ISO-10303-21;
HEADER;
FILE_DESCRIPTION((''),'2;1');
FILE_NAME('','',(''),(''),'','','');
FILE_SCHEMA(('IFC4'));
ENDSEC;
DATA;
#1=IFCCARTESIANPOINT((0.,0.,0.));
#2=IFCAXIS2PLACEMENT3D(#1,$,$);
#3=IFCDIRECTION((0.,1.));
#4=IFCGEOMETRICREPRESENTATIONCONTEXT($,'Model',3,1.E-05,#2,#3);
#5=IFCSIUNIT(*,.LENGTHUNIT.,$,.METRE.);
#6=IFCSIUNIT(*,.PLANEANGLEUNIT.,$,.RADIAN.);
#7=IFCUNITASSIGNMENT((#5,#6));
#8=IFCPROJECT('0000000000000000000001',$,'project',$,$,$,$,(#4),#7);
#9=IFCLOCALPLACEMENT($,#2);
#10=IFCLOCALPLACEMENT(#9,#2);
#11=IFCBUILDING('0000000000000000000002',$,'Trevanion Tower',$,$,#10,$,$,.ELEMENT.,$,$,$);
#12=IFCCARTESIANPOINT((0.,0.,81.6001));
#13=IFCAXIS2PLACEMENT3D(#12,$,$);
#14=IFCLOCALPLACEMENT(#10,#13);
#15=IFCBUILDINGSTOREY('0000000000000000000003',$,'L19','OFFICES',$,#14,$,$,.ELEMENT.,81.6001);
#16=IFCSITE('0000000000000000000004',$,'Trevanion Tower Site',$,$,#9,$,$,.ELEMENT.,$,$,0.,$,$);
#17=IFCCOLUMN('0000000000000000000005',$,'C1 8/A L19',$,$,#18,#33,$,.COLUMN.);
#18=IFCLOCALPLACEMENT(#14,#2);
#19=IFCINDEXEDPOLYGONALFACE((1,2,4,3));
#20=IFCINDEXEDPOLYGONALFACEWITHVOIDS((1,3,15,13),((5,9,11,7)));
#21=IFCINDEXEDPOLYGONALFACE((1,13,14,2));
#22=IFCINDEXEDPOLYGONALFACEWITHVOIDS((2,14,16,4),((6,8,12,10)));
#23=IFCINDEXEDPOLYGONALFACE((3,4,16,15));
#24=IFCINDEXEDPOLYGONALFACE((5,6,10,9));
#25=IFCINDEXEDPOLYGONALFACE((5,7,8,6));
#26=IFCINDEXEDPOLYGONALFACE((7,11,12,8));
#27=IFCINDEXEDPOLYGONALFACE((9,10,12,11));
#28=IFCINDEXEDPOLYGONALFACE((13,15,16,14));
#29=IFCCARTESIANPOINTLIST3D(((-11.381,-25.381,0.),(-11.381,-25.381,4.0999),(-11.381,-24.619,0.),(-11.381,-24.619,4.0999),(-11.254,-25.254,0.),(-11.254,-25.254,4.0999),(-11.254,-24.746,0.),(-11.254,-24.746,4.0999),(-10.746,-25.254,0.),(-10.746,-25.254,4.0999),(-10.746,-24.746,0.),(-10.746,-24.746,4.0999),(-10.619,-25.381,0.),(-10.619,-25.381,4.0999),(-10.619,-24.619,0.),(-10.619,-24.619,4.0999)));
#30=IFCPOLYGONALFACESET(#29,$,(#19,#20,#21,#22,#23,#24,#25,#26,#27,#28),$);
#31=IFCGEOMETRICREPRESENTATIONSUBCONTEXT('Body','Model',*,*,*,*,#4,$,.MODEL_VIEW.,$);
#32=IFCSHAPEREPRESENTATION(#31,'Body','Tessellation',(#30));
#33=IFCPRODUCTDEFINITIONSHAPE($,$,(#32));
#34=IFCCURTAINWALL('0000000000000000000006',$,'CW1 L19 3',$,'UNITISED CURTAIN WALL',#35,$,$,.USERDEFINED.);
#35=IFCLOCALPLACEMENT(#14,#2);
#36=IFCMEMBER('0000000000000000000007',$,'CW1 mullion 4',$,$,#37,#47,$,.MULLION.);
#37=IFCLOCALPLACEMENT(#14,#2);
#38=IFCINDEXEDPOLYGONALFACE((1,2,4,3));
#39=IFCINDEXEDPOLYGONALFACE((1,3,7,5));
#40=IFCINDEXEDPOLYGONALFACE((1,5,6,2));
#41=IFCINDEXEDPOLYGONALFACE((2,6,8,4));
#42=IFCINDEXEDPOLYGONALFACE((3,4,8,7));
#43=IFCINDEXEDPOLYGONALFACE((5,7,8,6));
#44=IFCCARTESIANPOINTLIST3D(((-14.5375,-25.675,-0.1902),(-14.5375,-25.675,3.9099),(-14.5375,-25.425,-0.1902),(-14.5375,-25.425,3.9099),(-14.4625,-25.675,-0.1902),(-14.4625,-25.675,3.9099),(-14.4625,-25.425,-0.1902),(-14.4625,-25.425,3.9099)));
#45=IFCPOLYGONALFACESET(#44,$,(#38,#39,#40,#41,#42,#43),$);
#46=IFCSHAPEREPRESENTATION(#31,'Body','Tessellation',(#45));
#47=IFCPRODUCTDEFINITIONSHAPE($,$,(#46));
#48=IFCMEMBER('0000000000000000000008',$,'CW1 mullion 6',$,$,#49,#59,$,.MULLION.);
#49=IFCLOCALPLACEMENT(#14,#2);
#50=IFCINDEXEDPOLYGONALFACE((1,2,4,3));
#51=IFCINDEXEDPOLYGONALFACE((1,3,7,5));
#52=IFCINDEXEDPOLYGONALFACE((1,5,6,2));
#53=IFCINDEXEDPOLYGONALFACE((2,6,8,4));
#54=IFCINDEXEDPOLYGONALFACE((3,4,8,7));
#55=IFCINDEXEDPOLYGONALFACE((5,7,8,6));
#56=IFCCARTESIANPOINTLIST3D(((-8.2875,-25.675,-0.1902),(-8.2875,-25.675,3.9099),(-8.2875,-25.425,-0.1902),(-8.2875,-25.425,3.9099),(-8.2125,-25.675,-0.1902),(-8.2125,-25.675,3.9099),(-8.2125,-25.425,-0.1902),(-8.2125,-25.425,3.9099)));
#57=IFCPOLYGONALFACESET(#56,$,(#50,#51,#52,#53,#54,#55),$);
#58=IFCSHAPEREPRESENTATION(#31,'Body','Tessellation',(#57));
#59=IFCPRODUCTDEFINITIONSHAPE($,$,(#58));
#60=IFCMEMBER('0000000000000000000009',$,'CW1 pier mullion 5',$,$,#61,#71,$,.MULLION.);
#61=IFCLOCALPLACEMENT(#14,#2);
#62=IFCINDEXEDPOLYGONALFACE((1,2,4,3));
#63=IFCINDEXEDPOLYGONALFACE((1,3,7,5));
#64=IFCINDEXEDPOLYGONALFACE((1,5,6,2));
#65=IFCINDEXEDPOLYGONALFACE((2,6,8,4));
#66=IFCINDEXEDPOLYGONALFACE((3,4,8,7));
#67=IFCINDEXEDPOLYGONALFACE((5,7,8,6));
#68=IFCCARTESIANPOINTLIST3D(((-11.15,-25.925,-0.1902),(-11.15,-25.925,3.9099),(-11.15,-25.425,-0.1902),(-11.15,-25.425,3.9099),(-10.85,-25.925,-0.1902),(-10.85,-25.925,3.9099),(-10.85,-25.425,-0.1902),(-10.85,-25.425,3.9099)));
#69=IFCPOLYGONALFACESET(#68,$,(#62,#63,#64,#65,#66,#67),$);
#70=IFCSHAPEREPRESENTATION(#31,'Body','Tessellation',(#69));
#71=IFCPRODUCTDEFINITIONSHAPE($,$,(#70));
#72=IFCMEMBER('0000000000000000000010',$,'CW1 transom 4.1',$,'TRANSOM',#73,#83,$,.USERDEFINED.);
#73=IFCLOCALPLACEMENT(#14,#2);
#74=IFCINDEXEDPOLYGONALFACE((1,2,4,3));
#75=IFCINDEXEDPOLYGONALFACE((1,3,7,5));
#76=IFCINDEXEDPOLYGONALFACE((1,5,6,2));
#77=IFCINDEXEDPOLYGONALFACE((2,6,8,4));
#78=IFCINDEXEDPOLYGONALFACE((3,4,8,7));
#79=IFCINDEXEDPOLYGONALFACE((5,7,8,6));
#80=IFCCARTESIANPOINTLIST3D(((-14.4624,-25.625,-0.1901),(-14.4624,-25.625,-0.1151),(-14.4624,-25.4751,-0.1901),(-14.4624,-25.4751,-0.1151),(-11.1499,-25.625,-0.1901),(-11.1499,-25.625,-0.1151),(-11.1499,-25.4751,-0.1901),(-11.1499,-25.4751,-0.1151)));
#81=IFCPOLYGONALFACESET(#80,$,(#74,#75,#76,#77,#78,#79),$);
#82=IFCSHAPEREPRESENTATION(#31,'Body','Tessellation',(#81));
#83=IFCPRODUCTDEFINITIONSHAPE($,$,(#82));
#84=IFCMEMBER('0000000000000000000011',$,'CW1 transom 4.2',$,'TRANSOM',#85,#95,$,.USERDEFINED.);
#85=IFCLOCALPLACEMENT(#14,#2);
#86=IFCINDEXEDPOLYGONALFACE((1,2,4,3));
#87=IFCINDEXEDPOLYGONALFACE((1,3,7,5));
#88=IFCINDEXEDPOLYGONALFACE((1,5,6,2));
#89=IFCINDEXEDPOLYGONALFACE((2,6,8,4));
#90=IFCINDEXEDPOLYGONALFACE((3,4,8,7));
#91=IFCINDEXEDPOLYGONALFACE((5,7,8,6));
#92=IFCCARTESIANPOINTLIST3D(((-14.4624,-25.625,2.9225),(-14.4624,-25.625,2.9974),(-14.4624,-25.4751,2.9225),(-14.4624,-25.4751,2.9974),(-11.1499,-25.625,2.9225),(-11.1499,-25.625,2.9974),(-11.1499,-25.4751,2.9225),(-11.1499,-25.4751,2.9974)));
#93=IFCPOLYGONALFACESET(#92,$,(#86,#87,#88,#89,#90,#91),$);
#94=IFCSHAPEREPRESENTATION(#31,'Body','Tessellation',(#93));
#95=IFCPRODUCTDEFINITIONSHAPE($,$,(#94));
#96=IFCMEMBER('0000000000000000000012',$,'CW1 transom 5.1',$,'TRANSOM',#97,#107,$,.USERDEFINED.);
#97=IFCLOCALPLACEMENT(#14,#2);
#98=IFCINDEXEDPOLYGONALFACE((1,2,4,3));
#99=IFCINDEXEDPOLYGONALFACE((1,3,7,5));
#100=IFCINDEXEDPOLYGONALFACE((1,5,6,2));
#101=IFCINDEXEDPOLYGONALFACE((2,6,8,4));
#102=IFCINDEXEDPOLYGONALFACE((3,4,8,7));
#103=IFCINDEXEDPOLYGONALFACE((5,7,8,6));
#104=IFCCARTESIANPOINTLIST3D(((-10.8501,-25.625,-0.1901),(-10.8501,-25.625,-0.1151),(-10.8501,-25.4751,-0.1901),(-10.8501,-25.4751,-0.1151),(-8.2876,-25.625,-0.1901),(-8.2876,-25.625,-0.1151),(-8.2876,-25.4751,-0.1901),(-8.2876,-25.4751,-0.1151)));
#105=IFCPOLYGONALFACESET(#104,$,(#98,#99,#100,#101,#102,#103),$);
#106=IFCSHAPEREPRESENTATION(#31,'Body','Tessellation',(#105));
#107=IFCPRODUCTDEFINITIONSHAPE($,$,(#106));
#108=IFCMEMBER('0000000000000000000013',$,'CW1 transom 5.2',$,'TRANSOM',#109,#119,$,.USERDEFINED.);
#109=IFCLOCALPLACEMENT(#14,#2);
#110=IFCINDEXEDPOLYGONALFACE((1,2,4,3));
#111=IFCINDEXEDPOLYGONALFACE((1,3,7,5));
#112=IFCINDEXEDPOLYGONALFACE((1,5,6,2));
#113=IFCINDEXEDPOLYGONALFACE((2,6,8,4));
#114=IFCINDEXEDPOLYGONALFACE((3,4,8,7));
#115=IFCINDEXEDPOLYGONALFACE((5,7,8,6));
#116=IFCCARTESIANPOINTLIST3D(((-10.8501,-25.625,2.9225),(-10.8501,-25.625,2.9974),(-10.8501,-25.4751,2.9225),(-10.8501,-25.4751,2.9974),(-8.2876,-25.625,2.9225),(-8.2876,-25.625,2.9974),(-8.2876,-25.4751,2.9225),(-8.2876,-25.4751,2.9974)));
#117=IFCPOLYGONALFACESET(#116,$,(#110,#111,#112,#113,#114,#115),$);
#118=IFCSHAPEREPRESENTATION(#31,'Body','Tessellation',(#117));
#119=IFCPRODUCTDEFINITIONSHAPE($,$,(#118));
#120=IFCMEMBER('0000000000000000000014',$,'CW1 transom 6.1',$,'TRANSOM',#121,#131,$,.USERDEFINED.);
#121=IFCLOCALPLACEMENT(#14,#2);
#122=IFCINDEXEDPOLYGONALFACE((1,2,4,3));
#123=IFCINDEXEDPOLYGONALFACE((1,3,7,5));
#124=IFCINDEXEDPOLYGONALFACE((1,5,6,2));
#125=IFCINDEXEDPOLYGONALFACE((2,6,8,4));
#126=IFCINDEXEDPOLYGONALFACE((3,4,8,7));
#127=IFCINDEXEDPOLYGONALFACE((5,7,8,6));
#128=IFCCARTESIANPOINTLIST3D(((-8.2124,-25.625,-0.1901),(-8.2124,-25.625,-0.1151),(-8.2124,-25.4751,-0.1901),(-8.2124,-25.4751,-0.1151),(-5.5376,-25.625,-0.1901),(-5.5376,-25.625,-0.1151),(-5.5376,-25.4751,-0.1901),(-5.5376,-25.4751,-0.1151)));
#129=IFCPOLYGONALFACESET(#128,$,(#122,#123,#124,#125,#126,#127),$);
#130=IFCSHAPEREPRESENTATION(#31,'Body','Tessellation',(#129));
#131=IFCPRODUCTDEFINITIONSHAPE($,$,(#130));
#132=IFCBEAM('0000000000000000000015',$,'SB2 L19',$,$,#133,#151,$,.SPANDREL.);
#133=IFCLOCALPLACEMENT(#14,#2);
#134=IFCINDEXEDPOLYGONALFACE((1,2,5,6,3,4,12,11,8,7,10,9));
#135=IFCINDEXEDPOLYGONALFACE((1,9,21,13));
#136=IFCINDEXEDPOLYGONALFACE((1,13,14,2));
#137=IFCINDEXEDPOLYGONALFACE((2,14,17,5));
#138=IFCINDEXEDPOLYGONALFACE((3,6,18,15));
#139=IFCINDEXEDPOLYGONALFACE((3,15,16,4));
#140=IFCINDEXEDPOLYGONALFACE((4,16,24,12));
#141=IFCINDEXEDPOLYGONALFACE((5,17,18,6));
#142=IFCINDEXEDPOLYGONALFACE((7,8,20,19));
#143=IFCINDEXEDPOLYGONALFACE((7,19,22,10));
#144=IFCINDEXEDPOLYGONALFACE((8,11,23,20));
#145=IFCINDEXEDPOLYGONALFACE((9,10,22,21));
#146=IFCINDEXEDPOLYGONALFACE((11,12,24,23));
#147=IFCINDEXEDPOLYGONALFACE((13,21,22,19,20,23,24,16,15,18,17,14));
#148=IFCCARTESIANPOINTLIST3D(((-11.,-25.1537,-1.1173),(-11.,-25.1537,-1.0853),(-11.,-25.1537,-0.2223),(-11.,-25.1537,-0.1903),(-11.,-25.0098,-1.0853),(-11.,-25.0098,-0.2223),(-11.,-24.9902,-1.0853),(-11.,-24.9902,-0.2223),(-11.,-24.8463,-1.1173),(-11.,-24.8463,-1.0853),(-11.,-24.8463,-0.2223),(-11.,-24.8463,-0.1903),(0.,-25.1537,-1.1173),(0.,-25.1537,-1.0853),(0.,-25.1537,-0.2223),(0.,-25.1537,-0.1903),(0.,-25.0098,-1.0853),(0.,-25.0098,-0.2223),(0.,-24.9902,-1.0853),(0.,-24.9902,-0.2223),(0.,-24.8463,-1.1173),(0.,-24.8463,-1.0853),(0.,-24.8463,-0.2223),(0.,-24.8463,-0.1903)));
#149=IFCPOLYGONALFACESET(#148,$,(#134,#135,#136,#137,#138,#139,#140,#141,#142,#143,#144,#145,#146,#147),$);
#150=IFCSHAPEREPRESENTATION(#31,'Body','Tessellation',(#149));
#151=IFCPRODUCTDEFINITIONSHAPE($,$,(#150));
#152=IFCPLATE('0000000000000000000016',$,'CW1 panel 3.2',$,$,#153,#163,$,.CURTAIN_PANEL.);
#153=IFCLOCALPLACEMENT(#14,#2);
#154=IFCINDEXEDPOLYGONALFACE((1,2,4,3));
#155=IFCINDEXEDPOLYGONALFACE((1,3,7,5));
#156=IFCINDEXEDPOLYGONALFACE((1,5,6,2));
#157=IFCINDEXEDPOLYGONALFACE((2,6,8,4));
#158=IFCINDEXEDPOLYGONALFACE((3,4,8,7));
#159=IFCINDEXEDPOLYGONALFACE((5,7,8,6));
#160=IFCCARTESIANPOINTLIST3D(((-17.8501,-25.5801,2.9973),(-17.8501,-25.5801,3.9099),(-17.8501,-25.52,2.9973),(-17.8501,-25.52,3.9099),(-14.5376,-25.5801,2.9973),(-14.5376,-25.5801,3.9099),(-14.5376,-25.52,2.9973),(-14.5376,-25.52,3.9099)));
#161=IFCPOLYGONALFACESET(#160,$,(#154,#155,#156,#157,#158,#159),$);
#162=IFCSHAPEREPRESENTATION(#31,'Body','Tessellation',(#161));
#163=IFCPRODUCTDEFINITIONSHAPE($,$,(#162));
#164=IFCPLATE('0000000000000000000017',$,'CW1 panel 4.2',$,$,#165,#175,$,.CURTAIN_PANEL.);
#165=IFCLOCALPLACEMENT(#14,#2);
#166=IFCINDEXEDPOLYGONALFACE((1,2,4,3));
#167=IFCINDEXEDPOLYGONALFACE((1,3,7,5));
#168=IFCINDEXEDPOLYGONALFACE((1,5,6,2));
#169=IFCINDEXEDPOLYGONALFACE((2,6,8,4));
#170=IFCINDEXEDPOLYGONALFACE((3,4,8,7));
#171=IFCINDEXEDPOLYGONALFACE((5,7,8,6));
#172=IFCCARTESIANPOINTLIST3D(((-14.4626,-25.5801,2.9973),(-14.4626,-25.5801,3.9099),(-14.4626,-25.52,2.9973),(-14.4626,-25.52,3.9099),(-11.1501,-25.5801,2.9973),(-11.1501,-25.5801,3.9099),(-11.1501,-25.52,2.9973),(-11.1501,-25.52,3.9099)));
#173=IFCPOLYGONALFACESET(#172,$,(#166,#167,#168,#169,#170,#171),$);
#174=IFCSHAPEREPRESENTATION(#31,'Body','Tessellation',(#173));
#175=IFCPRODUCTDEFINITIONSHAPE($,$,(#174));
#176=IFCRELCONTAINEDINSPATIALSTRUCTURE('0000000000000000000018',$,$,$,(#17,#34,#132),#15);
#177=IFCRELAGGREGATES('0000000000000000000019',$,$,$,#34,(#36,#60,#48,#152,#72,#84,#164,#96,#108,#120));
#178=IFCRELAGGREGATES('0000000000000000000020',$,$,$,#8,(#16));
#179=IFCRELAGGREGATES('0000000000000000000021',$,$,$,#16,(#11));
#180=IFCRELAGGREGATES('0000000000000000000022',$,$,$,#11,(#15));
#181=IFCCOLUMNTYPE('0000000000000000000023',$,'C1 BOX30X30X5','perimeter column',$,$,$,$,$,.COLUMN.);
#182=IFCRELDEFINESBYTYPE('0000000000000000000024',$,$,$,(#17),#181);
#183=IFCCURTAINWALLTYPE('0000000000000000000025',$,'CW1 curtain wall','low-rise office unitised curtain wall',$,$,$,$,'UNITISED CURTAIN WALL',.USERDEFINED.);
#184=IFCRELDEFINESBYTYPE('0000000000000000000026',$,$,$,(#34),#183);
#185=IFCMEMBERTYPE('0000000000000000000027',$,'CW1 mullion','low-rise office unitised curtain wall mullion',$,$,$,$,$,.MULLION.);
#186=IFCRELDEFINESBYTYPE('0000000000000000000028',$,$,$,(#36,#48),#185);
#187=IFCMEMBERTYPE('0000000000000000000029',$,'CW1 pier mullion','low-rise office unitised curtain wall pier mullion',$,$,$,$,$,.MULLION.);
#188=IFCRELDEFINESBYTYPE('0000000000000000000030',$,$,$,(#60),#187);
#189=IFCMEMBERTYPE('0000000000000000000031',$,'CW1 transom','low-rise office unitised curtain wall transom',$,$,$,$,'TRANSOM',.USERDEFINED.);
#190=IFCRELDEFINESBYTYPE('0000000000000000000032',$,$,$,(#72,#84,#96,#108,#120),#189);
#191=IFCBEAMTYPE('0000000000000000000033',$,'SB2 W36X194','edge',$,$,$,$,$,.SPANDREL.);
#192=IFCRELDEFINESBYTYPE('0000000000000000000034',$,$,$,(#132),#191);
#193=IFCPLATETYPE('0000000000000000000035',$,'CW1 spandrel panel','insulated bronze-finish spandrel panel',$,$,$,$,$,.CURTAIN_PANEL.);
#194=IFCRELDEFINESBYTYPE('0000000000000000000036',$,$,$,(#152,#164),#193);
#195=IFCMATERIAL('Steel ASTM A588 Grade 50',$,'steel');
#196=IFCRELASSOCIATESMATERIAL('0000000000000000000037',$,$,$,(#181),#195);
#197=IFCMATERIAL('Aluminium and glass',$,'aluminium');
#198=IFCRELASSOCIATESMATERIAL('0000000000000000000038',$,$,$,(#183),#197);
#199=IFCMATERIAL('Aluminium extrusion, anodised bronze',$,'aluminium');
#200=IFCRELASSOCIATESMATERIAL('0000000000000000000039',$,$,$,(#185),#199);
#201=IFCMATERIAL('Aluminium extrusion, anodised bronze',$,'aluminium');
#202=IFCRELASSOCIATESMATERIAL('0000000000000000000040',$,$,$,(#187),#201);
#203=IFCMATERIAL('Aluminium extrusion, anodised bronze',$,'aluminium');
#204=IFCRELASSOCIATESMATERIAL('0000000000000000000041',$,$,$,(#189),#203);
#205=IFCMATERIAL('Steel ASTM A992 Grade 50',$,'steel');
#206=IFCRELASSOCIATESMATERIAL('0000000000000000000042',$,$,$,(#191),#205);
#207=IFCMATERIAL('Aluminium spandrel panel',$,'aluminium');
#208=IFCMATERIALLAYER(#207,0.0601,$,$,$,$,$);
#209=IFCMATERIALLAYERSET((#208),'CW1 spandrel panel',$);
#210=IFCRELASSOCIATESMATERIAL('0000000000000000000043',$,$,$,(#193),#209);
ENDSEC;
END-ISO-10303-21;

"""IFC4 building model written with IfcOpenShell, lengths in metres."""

from ifc_helpers import new_model, si_unit, direction, frame, origin, origin_2d, place, context, subcontext, project, spatial, rectangle, hollow_rectangle, i_section, extrude, material, layer, layer_set, material_profile, profile_set, type_object, element, aggregate, save


model = new_model("IFC4")

# Units and contexts
model_context = context("Model", 3, precision=1e-05, world=origin(), true_north=direction((0.0, 1.0)))
body_context = subcontext(model_context, "Body", "Model", "MODEL_VIEW")
ifc_project = project(units=[si_unit("LENGTHUNIT", "METRE"), si_unit("PLANEANGLEUNIT", "RADIAN")], contexts=[model_context])

# Site, building, storey
site_placement = place(None, origin())
site = spatial("IfcSite", under=ifc_project, at=site_placement, Name="Trevanion Tower Site", CompositionType="ELEMENT", RefElevation=0.0)
building_placement = place(site_placement, origin())
building = spatial("IfcBuilding", under=site, at=building_placement, Name="Trevanion Tower", CompositionType="ELEMENT")
storey_placement = place(building_placement, frame((0.0, 0.0, 81.6001)))
storey = spatial("IfcBuildingStorey", under=building, at=storey_placement, Name="L19", Description="OFFICES", CompositionType="ELEMENT", Elevation=81.6001)

# Column
ifc_material_1 = material(Name="Steel ASTM A588 Grade 50", Category="steel")
ifc_material_profile_1 = material_profile(ifc_material_1, hollow_rectangle(XDim=0.762, YDim=0.762, WallThickness=0.127, at=origin_2d()), Name="BOX30X30X5")
ifc_profile_set_1 = profile_set([ifc_material_profile_1], Name="Steel ASTM A588 Grade 50")
column_type = type_object("IfcColumnType", Name="C1 BOX30X30X5", Description="perimeter column", PredefinedType="COLUMN", material=ifc_profile_set_1)
column_placement = place(storey_placement, frame((-11.0, -25.0, 0.0), z_axis=(0.0, 0.0, 1.0), x_axis=(1.0, 0.0, 0.0)))
element("IfcColumn", 1, at=column_placement, inside=storey, type_object=column_type, Name="C1 8/A L19", PredefinedType="COLUMN", context=body_context, shape_type="SweptSolid", body=[
    extrude(hollow_rectangle(XDim=0.762, YDim=0.762, WallThickness=0.127, at=origin_2d()), origin(), (0.0, 0.0, 1.0), 4.0999),
])

# Curtain wall, members
ifc_material_2 = material(Name="Aluminium and glass", Category="aluminium")
curtain_wall_type = type_object("IfcCurtainWallType", Name="CW1 curtain wall", Description="low-rise office unitised curtain wall", ElementType="UNITISED CURTAIN WALL", PredefinedType="USERDEFINED", material=ifc_material_2)
curtain_wall_placement = place(storey_placement, origin())
curtain_wall = element("IfcCurtainWall", 2, at=curtain_wall_placement, inside=storey, type_object=curtain_wall_type, Name="CW1 L19 3", ObjectType="UNITISED CURTAIN WALL", PredefinedType="USERDEFINED")
ifc_material_3 = material(Name="Aluminium extrusion, anodised bronze", Category="aluminium")
ifc_material_profile_2 = material_profile(ifc_material_3, rectangle(XDim=0.075, YDim=0.25, at=origin_2d()), Name="CW1 mullion")
ifc_profile_set_2 = profile_set([ifc_material_profile_2], Name="Aluminium extrusion, anodised bronze")
member_type_1 = type_object("IfcMemberType", Name="CW1 mullion", Description="low-rise office unitised curtain wall mullion", PredefinedType="MULLION", material=ifc_profile_set_2)
member_1_placement = place(storey_placement, frame((-14.5, -25.55, -0.1902), z_axis=(0.0, 0.0, 1.0), x_axis=(1.0, 0.0, 0.0)))
member_1 = element("IfcMember", 3, at=member_1_placement, type_object=member_type_1, Name="CW1 mullion 4", PredefinedType="MULLION", context=body_context, shape_type="SweptSolid", body=[
    extrude(rectangle(XDim=0.075, YDim=0.25, at=origin_2d()), origin(), (0.0, 0.0, 1.0), 4.1001),
])
member_2_placement = place(storey_placement, frame((-8.25, -25.55, -0.1902), z_axis=(0.0, 0.0, 1.0), x_axis=(1.0, 0.0, 0.0)))
member_2 = element("IfcMember", 4, at=member_2_placement, type_object=member_type_1, Name="CW1 mullion 6", PredefinedType="MULLION", context=body_context, shape_type="SweptSolid", body=[
    extrude(rectangle(XDim=0.075, YDim=0.25, at=origin_2d()), origin(), (0.0, 0.0, 1.0), 4.1001),
])
ifc_material_4 = material(Name="Aluminium extrusion, anodised bronze", Category="aluminium")
ifc_material_profile_3 = material_profile(ifc_material_4, rectangle(XDim=0.3, YDim=0.5, at=origin_2d()), Name="CW1 pier mullion")
ifc_profile_set_3 = profile_set([ifc_material_profile_3], Name="Aluminium extrusion, anodised bronze")
member_type_2 = type_object("IfcMemberType", Name="CW1 pier mullion", Description="low-rise office unitised curtain wall pier mullion", PredefinedType="MULLION", material=ifc_profile_set_3)
member_3_placement = place(storey_placement, frame((-11.0, -25.675, -0.1902), z_axis=(0.0, 0.0, 1.0), x_axis=(1.0, 0.0, 0.0)))
member_3 = element("IfcMember", 5, at=member_3_placement, type_object=member_type_2, Name="CW1 pier mullion 5", PredefinedType="MULLION", context=body_context, shape_type="SweptSolid", body=[
    extrude(rectangle(XDim=0.3, YDim=0.5, at=origin_2d()), origin(), (0.0, 0.0, 1.0), 4.1001),
])
ifc_material_5 = material(Name="Aluminium extrusion, anodised bronze", Category="aluminium")
ifc_material_profile_4 = material_profile(ifc_material_5, rectangle(XDim=0.1499, YDim=0.075, at=origin_2d()), Name="CW1 transom")
ifc_profile_set_4 = profile_set([ifc_material_profile_4], Name="Aluminium extrusion, anodised bronze")
member_type_3 = type_object("IfcMemberType", Name="CW1 transom", Description="low-rise office unitised curtain wall transom", ElementType="TRANSOM", PredefinedType="USERDEFINED", material=ifc_profile_set_4)
member_4_placement = place(storey_placement, frame((-14.4624, -25.55, -0.1526), z_axis=(1.0, 0.0, 0.0), x_axis=(0.0, 1.0, 0.0)))
member_4 = element("IfcMember", 6, at=member_4_placement, type_object=member_type_3, Name="CW1 transom 4.1", ObjectType="TRANSOM", PredefinedType="USERDEFINED", context=body_context, shape_type="SweptSolid", body=[
    extrude(rectangle(XDim=0.1499, YDim=0.075, at=origin_2d()), origin(), (0.0, 0.0, 1.0), 3.3125),
])
member_5_placement = place(storey_placement, frame((-14.4624, -25.55, 2.96), z_axis=(1.0, 0.0, 0.0), x_axis=(0.0, 1.0, 0.0)))
member_5 = element("IfcMember", 7, at=member_5_placement, type_object=member_type_3, Name="CW1 transom 4.2", ObjectType="TRANSOM", PredefinedType="USERDEFINED", context=body_context, shape_type="SweptSolid", body=[
    extrude(rectangle(XDim=0.1499, YDim=0.075, at=origin_2d()), origin(), (0.0, 0.0, 1.0), 3.3125),
])
member_6_placement = place(storey_placement, frame((-10.8501, -25.55, -0.1526), z_axis=(1.0, 0.0, 0.0), x_axis=(0.0, 1.0, 0.0)))
member_6 = element("IfcMember", 8, at=member_6_placement, type_object=member_type_3, Name="CW1 transom 5.1", ObjectType="TRANSOM", PredefinedType="USERDEFINED", context=body_context, shape_type="SweptSolid", body=[
    extrude(rectangle(XDim=0.1499, YDim=0.075, at=origin_2d()), origin(), (0.0, 0.0, 1.0), 2.5625),
])
member_7_placement = place(storey_placement, frame((-10.8501, -25.55, 2.96), z_axis=(1.0, 0.0, 0.0), x_axis=(0.0, 1.0, 0.0)))
member_7 = element("IfcMember", 9, at=member_7_placement, type_object=member_type_3, Name="CW1 transom 5.2", ObjectType="TRANSOM", PredefinedType="USERDEFINED", context=body_context, shape_type="SweptSolid", body=[
    extrude(rectangle(XDim=0.1499, YDim=0.075, at=origin_2d()), origin(), (0.0, 0.0, 1.0), 2.5625),
])
member_8_placement = place(storey_placement, frame((-8.2124, -25.55, -0.1526), z_axis=(1.0, 0.0, 0.0), x_axis=(0.0, 1.0, 0.0)))
member_8 = element("IfcMember", 10, at=member_8_placement, type_object=member_type_3, Name="CW1 transom 6.1", ObjectType="TRANSOM", PredefinedType="USERDEFINED", context=body_context, shape_type="SweptSolid", body=[
    extrude(rectangle(XDim=0.1499, YDim=0.075, at=origin_2d()), origin(), (0.0, 0.0, 1.0), 2.6748),
])

# Beam
ifc_material_6 = material(Name="Steel ASTM A992 Grade 50", Category="steel")
ifc_material_profile_5 = material_profile(ifc_material_6, i_section(OverallWidth=0.3074, OverallDepth=0.927, WebThickness=0.0195, FlangeThickness=0.032, at=origin_2d()), Name="W36X194")
ifc_profile_set_5 = profile_set([ifc_material_profile_5], Name="Steel ASTM A992 Grade 50")
beam_type = type_object("IfcBeamType", Name="SB2 W36X194", Description="edge", PredefinedType="SPANDREL", material=ifc_profile_set_5)
beam_placement = place(storey_placement, frame((-11.0, -25.0, -0.6538), z_axis=(1.0, 0.0, 0.0), x_axis=(0.0, 1.0, 0.0)))
element("IfcBeam", 11, at=beam_placement, inside=storey, type_object=beam_type, Name="SB2 L19", PredefinedType="SPANDREL", context=body_context, shape_type="SweptSolid", body=[
    extrude(i_section(OverallWidth=0.3074, OverallDepth=0.927, WebThickness=0.0195, FlangeThickness=0.032, at=origin_2d()), origin(), (0.0, 0.0, 1.0), 11.0),
])

# Plates
ifc_material_7 = material(Name="Aluminium spandrel panel", Category="aluminium")
ifc_layer_1 = layer(ifc_material_7, 0.0601)
ifc_layer_set_1 = layer_set([ifc_layer_1], Name="CW1 spandrel panel")
plate_type_1 = type_object("IfcPlateType", Name="CW1 spandrel panel", Description="insulated bronze-finish spandrel panel", PredefinedType="CURTAIN_PANEL", material=ifc_layer_set_1)
plate_1_placement = place(storey_placement, frame((-16.1938, -25.55, 2.9973), z_axis=(0.0, 0.0, 1.0), x_axis=(1.0, 0.0, 0.0)))
plate_1 = element("IfcPlate", 12, at=plate_1_placement, type_object=plate_type_1, Name="CW1 panel 3.2", PredefinedType="CURTAIN_PANEL", context=body_context, shape_type="SweptSolid", body=[
    extrude(rectangle(XDim=3.3125, YDim=0.0601, at=origin_2d()), origin(), (0.0, 0.0, 1.0), 0.9126),
])
plate_2_placement = place(storey_placement, frame((-12.8064, -25.55, 2.9973), z_axis=(0.0, 0.0, 1.0), x_axis=(1.0, 0.0, 0.0)))
plate_2 = element("IfcPlate", 13, at=plate_2_placement, type_object=plate_type_1, Name="CW1 panel 4.2", PredefinedType="CURTAIN_PANEL", context=body_context, shape_type="SweptSolid", body=[
    extrude(rectangle(XDim=3.3125, YDim=0.0601, at=origin_2d()), origin(), (0.0, 0.0, 1.0), 0.9126),
])
aggregate(curtain_wall, [member_1, member_3, member_2, plate_1, member_4, member_5, plate_2, member_6, member_7, member_8])

save(model, "model.ifc")
